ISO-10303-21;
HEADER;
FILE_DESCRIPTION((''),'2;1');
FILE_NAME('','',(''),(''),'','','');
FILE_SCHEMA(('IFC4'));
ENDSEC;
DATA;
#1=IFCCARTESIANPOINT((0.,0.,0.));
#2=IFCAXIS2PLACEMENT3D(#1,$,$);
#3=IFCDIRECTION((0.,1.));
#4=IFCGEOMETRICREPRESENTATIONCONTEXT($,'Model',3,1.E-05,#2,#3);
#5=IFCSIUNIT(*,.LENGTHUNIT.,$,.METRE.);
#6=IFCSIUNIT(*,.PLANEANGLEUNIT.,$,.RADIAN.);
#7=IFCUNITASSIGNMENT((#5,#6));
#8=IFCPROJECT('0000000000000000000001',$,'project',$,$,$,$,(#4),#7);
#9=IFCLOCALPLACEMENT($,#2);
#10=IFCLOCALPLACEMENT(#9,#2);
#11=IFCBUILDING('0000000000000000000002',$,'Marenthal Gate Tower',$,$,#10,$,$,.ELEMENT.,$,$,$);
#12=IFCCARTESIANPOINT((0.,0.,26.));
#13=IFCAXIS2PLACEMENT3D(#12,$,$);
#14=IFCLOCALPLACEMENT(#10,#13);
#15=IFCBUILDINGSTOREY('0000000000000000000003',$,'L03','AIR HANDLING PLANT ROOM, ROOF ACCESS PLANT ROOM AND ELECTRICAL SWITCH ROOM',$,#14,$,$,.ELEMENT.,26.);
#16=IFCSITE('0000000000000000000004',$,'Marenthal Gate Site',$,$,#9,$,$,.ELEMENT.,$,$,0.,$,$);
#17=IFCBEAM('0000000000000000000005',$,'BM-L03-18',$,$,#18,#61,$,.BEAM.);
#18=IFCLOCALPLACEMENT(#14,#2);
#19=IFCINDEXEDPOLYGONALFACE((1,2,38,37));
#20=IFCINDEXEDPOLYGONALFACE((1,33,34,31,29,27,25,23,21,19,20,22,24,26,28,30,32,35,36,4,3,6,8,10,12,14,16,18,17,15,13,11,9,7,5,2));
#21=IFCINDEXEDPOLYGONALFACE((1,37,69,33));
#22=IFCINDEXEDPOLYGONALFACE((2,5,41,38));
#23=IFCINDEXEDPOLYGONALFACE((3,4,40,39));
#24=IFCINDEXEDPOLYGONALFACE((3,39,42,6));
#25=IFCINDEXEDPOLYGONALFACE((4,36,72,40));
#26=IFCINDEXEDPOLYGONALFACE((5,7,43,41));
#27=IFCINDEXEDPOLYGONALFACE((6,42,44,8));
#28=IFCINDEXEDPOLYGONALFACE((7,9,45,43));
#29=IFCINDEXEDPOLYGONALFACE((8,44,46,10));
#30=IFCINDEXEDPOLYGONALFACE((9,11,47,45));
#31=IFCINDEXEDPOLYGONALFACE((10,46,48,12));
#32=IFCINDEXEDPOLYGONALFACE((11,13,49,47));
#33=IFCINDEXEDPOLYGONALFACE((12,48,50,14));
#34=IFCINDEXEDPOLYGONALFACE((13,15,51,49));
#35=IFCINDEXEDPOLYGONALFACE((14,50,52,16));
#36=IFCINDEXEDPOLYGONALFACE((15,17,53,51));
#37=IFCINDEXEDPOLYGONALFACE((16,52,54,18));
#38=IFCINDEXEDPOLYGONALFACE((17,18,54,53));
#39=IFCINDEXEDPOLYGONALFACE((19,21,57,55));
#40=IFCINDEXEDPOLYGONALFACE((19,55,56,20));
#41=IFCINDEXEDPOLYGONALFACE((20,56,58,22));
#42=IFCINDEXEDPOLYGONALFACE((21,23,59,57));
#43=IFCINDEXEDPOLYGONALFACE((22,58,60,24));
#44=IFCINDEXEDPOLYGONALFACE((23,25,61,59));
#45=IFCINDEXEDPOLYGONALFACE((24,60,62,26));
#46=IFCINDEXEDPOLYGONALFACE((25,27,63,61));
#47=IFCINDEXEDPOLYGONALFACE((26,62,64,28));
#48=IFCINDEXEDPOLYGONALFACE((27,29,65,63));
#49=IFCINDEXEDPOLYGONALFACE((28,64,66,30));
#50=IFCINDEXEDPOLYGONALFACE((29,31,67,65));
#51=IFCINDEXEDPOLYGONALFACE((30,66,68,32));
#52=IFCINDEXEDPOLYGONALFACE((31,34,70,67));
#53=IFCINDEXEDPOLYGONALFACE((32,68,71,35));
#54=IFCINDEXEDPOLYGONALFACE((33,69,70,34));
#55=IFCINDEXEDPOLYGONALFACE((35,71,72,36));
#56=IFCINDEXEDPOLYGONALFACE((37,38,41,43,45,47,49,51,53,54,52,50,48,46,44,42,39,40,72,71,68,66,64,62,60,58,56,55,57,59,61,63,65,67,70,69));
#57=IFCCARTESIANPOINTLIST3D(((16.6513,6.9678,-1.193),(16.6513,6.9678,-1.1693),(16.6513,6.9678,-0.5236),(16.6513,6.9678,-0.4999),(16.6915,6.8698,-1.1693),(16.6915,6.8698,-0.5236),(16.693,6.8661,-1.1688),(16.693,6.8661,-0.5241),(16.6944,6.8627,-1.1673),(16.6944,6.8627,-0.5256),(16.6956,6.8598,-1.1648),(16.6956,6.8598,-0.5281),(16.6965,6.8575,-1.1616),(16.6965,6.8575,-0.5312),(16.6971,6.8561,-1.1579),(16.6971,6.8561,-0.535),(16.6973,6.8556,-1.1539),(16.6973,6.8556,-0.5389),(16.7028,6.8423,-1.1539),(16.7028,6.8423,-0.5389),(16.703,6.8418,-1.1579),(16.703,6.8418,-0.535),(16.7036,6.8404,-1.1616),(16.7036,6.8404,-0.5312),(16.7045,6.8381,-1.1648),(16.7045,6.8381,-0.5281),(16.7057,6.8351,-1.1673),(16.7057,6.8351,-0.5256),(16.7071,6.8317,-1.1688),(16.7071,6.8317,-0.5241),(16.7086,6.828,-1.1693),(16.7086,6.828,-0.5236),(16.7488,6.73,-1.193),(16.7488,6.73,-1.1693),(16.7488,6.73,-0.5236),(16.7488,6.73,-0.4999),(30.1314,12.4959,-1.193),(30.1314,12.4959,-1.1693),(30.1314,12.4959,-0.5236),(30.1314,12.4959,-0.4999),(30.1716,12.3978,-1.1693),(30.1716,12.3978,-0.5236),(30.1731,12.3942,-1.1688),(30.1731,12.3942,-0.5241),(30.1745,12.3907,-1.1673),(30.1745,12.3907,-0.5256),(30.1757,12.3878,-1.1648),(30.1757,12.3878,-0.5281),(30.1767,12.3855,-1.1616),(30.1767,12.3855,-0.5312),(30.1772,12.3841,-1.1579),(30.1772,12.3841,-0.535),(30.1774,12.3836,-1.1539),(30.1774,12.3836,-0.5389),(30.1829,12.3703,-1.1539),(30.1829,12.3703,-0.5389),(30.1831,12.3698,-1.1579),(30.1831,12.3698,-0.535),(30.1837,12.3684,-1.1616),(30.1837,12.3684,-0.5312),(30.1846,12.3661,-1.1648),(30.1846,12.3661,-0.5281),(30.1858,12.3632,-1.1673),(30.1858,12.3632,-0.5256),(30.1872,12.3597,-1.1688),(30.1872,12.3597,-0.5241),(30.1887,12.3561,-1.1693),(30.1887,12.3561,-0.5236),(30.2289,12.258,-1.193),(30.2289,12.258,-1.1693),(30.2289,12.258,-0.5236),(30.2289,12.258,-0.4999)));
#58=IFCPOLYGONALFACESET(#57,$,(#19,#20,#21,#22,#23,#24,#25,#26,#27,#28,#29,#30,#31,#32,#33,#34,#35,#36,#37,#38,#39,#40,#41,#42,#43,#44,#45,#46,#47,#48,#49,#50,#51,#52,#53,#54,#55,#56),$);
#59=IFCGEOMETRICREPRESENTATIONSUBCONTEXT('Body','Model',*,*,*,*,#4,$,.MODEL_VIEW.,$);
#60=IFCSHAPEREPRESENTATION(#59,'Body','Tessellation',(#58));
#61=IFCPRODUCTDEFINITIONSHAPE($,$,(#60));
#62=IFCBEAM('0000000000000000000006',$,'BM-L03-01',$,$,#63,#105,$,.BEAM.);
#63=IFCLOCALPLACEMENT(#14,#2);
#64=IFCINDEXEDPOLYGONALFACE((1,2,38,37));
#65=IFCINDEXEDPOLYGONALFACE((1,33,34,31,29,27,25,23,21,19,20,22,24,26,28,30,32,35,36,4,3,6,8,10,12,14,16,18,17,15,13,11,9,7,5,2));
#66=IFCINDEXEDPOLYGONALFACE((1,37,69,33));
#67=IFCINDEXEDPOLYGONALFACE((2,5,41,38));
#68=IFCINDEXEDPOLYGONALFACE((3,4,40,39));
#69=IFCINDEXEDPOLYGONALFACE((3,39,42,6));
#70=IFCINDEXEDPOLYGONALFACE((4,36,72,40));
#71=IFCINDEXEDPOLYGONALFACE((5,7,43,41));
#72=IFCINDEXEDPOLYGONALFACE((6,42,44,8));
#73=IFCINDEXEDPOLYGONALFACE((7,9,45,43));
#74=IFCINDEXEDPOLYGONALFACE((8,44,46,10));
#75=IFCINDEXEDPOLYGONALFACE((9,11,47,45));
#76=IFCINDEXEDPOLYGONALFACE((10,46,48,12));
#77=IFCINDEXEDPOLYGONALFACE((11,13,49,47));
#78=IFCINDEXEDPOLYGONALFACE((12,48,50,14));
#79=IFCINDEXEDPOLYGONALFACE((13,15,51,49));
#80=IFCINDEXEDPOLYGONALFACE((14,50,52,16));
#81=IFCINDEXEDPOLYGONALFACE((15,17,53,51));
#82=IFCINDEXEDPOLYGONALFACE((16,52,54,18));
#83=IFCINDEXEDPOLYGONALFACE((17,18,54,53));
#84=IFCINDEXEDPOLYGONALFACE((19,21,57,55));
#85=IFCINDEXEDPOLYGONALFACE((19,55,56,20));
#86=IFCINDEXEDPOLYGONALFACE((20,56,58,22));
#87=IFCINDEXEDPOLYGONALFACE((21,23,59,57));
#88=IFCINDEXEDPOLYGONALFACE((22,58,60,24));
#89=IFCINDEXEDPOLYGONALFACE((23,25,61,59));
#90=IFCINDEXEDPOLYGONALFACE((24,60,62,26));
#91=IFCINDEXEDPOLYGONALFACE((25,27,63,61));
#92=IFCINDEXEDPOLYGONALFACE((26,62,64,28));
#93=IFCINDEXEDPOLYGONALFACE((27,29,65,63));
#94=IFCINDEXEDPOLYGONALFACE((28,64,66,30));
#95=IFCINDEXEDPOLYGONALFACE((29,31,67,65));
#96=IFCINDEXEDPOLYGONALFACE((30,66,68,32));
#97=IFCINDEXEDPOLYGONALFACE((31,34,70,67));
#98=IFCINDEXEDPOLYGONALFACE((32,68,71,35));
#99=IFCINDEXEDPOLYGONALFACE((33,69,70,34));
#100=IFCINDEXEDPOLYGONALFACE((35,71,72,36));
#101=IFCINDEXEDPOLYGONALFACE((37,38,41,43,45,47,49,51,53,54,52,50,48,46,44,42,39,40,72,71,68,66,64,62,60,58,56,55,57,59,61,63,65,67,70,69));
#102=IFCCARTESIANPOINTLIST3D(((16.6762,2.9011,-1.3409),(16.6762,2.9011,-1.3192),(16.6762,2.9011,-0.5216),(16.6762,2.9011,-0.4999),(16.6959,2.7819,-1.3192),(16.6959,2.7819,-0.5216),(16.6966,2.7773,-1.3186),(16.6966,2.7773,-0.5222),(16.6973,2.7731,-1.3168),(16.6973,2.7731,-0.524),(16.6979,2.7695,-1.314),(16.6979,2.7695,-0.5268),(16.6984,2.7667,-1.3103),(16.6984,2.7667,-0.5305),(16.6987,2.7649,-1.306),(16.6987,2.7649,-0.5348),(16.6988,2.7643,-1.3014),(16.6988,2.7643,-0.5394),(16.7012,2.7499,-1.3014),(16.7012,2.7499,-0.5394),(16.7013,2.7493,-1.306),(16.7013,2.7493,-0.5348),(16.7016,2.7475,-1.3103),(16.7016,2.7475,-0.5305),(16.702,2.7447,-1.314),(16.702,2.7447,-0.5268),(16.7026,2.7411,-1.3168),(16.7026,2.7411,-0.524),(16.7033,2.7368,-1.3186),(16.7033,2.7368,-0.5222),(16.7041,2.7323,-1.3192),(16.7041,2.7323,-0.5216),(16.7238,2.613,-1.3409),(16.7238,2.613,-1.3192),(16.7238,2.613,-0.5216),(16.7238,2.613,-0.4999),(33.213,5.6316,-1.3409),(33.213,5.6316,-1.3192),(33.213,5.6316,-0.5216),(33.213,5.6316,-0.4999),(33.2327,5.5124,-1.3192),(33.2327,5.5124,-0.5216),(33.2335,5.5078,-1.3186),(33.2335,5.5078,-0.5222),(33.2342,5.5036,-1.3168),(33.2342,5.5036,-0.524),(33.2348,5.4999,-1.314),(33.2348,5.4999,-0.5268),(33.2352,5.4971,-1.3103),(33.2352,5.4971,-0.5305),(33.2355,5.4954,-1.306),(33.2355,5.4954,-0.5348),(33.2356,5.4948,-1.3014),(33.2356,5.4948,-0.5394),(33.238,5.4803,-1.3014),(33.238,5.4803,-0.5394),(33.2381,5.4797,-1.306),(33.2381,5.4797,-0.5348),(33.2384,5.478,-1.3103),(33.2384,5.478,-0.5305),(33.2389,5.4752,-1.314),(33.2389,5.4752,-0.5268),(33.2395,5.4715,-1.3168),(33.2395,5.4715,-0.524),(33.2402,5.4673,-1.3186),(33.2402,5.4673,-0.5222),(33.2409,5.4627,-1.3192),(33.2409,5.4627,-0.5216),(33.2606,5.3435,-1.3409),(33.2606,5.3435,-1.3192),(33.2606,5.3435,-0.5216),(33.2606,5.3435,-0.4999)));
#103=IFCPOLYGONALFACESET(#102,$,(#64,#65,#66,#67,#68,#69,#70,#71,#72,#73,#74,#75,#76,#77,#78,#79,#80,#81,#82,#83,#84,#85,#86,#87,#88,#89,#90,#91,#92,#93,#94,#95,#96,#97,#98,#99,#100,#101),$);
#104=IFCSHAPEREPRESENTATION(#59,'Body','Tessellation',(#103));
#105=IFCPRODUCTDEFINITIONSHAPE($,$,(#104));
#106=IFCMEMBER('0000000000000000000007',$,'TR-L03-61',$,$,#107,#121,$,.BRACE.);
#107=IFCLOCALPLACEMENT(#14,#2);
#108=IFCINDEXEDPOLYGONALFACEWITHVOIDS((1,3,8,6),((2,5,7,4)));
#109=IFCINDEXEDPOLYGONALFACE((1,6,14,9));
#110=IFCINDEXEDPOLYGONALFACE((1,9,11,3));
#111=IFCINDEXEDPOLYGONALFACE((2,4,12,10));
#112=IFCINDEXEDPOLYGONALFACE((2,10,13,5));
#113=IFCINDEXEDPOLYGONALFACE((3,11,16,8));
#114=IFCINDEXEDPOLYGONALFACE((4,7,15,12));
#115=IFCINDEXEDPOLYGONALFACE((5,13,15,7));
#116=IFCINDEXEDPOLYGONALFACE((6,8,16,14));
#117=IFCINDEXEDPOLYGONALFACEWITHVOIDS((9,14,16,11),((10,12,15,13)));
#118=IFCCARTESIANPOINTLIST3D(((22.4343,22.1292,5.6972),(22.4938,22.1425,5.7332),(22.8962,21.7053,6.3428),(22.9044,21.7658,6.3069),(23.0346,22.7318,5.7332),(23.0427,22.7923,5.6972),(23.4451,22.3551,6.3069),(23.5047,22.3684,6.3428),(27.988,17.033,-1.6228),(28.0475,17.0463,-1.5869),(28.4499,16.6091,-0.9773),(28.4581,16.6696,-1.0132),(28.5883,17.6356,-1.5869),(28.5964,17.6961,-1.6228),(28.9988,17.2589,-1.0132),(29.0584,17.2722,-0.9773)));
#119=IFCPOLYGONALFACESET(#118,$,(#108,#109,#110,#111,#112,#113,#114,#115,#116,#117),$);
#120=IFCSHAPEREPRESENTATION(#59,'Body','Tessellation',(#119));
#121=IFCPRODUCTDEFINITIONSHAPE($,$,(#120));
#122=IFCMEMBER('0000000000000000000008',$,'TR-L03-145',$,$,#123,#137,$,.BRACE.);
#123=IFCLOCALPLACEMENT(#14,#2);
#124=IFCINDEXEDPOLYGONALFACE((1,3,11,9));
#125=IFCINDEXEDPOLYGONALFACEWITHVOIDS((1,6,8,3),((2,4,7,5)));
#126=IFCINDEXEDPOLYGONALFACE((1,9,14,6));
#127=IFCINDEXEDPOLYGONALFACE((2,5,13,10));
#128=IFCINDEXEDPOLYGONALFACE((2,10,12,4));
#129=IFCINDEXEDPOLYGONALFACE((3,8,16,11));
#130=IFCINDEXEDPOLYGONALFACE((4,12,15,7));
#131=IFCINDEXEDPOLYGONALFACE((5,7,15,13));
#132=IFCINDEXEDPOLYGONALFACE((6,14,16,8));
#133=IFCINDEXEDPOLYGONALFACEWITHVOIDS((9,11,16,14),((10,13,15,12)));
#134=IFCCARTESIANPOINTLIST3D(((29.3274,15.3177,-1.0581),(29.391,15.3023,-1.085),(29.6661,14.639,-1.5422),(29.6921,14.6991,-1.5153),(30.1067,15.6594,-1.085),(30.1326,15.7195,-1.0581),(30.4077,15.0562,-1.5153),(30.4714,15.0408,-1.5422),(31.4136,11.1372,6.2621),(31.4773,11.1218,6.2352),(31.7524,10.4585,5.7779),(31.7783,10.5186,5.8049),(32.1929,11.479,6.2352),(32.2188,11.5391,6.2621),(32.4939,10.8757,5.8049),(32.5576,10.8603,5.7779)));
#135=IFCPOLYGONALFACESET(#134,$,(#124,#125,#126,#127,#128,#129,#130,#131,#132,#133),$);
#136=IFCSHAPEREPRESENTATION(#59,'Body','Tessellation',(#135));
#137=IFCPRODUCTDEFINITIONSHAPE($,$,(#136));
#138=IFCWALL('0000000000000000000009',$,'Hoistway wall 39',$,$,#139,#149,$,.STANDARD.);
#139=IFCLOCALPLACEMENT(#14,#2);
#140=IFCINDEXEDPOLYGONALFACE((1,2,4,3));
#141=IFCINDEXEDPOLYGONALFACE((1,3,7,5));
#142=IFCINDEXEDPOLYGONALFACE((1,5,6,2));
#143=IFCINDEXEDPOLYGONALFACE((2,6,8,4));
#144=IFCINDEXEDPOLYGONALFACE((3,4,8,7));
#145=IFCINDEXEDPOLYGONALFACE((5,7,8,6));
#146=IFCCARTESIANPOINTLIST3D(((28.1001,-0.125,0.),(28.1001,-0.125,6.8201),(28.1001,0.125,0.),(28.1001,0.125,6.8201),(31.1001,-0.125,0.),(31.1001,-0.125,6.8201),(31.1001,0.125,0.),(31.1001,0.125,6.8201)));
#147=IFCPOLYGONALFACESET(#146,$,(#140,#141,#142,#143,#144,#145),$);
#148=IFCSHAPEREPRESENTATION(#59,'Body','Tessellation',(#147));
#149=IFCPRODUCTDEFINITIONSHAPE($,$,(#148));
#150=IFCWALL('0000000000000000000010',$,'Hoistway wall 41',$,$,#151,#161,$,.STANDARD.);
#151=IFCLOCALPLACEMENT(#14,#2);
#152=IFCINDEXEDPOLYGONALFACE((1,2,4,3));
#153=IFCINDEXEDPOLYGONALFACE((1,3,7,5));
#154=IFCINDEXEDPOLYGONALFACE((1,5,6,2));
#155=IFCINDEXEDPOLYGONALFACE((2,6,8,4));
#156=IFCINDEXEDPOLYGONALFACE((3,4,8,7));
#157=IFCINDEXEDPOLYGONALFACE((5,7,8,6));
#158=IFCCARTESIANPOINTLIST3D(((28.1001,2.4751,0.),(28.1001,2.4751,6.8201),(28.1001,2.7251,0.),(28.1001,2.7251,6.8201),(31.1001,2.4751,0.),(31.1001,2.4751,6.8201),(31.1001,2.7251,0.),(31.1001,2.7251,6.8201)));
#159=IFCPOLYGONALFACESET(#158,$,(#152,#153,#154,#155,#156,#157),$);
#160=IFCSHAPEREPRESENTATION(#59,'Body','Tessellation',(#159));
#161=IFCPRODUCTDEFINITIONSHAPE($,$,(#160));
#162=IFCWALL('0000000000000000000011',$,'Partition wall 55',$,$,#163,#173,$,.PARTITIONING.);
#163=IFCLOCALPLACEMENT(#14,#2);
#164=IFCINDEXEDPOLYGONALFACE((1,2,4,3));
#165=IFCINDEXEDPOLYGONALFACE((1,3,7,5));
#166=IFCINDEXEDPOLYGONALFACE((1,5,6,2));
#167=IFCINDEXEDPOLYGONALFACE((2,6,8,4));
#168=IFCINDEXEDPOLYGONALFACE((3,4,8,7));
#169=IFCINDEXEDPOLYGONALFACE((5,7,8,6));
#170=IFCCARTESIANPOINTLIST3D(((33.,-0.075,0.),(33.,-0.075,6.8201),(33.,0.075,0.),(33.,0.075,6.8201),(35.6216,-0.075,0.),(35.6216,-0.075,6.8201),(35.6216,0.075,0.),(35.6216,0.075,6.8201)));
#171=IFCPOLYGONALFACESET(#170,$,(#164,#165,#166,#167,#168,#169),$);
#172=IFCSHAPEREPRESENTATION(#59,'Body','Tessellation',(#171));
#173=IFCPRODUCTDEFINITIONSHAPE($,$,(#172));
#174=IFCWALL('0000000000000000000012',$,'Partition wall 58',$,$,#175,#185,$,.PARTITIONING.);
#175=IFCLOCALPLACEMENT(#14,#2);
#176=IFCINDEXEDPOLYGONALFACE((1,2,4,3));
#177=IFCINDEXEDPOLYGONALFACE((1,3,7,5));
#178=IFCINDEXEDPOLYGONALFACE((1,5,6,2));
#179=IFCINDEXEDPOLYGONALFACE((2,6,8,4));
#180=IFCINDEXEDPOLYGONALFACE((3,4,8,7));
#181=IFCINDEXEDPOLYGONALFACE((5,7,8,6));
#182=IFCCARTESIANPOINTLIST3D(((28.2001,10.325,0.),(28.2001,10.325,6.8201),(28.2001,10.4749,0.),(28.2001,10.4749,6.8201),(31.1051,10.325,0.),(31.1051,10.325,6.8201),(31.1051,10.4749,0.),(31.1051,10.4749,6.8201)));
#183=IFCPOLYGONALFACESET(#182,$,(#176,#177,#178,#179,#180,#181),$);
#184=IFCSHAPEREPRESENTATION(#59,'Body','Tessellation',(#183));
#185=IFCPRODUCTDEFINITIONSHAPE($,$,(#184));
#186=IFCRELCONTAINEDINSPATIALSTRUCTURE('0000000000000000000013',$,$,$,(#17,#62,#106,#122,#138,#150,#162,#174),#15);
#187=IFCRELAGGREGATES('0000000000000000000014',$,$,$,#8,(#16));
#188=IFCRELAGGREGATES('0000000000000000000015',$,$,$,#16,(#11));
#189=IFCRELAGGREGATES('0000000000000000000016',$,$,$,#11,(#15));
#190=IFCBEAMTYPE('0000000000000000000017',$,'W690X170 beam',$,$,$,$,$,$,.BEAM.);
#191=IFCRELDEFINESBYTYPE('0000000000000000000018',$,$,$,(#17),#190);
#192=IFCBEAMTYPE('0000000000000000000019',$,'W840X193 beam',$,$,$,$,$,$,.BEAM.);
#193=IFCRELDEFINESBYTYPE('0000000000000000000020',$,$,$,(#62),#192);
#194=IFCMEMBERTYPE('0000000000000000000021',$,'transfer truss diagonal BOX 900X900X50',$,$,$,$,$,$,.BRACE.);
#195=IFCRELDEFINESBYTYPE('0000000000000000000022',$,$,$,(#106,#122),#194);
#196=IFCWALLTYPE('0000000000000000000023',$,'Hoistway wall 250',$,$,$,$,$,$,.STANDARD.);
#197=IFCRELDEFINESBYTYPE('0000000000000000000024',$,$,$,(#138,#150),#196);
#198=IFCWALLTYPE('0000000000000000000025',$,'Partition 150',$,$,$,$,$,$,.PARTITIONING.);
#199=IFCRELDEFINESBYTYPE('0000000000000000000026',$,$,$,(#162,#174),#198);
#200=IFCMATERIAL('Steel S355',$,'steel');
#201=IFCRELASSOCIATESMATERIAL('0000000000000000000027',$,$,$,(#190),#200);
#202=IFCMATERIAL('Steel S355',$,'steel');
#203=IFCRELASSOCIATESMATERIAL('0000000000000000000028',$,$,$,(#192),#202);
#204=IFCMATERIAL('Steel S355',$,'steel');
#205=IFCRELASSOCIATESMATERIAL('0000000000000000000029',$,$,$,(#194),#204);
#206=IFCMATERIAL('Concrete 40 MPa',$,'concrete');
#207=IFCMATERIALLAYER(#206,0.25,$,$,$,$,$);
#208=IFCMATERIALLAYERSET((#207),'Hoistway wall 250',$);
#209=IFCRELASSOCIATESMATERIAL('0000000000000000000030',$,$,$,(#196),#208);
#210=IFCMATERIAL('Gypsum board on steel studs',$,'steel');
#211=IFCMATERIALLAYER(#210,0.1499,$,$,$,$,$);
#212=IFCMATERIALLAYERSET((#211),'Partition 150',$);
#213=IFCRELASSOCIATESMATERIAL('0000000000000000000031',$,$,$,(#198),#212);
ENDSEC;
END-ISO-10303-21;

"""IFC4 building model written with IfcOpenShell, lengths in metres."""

from ifc_helpers import new_model, si_unit, direction, frame, frame_2d, origin, origin_2d, place, context, subcontext, project, spatial, rectangle, hollow_rectangle, i_section, extrude, material, layer, layer_set, material_profile, profile_set, type_object, element, save


model = new_model("IFC4")

# Units and contexts
model_context = context("Model", 3, precision=1e-05, world=origin(), true_north=direction((0.0, 1.0)))
body_context = subcontext(model_context, "Body", "Model", "MODEL_VIEW")
ifc_project = project(units=[si_unit("LENGTHUNIT", "METRE"), si_unit("PLANEANGLEUNIT", "RADIAN")], contexts=[model_context])

# Site, building, storey
site_placement = place(None, origin())
site = spatial("IfcSite", under=ifc_project, at=site_placement, Name="Marenthal Gate Site", CompositionType="ELEMENT", RefElevation=0.0)
building_placement = place(site_placement, origin())
building = spatial("IfcBuilding", under=site, at=building_placement, Name="Marenthal Gate Tower", CompositionType="ELEMENT")
storey_placement = place(building_placement, frame((0.0, 0.0, 26.0)))
storey = spatial("IfcBuildingStorey", under=building, at=storey_placement, Name="L03", Description="AIR HANDLING PLANT ROOM, ROOF ACCESS PLANT ROOM AND ELECTRICAL SWITCH ROOM", CompositionType="ELEMENT", Elevation=26.0)

# Beams
ifc_material_1 = material(Name="Steel S355", Category="steel")
ifc_material_profile_1 = material_profile(ifc_material_1, i_section(OverallWidth=0.2571, OverallDepth=0.6931, WebThickness=0.0144, FlangeThickness=0.0237, FilletRadius=0.0154, at=origin_2d()), Name="W690X170")
ifc_profile_set_1 = profile_set([ifc_material_profile_1], Name="Steel S355")
beam_type_1 = type_object("IfcBeamType", Name="W690X170 beam", PredefinedType="BEAM", material=ifc_profile_set_1)
beam_1_placement = place(storey_placement, frame((30.1802, 12.377, -0.8464), z_axis=(-0.925223, -0.379423, 0.0), x_axis=(0.379423, -0.925223, 0.0)))
element("IfcBeam", 1, at=beam_1_placement, inside=storey, type_object=beam_type_1, Name="BM-L03-18", PredefinedType="BEAM", context=body_context, shape_type="SweptSolid", body=[
    extrude(i_section(OverallWidth=0.2571, OverallDepth=0.6931, WebThickness=0.0144, FlangeThickness=0.0237, FilletRadius=0.0154, at=origin_2d()), origin(), (0.0, 0.0, 1.0), 14.5696),
])
ifc_material_2 = material(Name="Steel S355", Category="steel")
ifc_material_profile_2 = material_profile(ifc_material_2, i_section(OverallWidth=0.292, OverallDepth=0.8411, WebThickness=0.0146, FlangeThickness=0.0217, FilletRadius=0.0178, at=origin_2d()), Name="W840X193")
ifc_profile_set_2 = profile_set([ifc_material_profile_2], Name="Steel S355")
beam_type_2 = type_object("IfcBeamType", Name="W840X193 beam", PredefinedType="BEAM", material=ifc_profile_set_2)
beam_2_placement = place(storey_placement, frame((33.2368, 5.4875, -0.9204), z_axis=(-0.986641, -0.162908, 0.0), x_axis=(0.162908, -0.986641, 0.0)))
element("IfcBeam", 2, at=beam_2_placement, inside=storey, type_object=beam_type_2, Name="BM-L03-01", PredefinedType="BEAM", context=body_context, shape_type="SweptSolid", body=[
    extrude(i_section(OverallWidth=0.292, OverallDepth=0.8411, WebThickness=0.0146, FlangeThickness=0.0217, FilletRadius=0.0178, at=origin_2d()), origin(), (0.0, 0.0, 1.0), 16.7607),
])

# Members
ifc_material_3 = material(Name="Steel S355", Category="steel")
ifc_material_profile_3 = material_profile(ifc_material_3, hollow_rectangle(XDim=0.8999, YDim=0.8999, WallThickness=0.05, at=origin_2d()), Name="BOX 900X900X50")
ifc_profile_set_3 = profile_set([ifc_material_profile_3], Name="Steel S355")
member_type = type_object("IfcMemberType", Name="transfer truss diagonal BOX 900X900X50", PredefinedType="BRACE", material=ifc_profile_set_3)
member_1_placement = place(storey_placement, frame((28.5232, 17.1526, -1.3), z_axis=(-0.52857, 0.485026, 0.696681), x_axis=(-0.676106, -0.736804, 0.0)))
element("IfcMember", 3, at=member_1_placement, inside=storey, type_object=member_type, Name="TR-L03-61", PredefinedType="BRACE", context=body_context, shape_type="SweptSolid", body=[
    extrude(hollow_rectangle(XDim=0.8999, YDim=0.8999, WallThickness=0.05, at=origin_2d()), origin(), (0.0, 0.0, 1.0), 10.5071),
])
member_2_placement = place(storey_placement, frame((31.9856, 10.9988, 6.02), z_axis=(-0.240233, 0.481395, -0.84294), x_axis=(-0.894772, -0.446524, 0.0)))
element("IfcMember", 4, at=member_2_placement, inside=storey, type_object=member_type, Name="TR-L03-145", PredefinedType="BRACE", context=body_context, shape_type="SweptSolid", body=[
    extrude(hollow_rectangle(XDim=0.8999, YDim=0.8999, WallThickness=0.05, at=origin_2d()), origin(), (0.0, 0.0, 1.0), 8.6841),
])

# Walls
ifc_material_4 = material(Name="Concrete 40 MPa", Category="concrete")
ifc_layer_1 = layer(ifc_material_4, 0.25)
ifc_layer_set_1 = layer_set([ifc_layer_1], Name="Hoistway wall 250")
wall_type_1 = type_object("IfcWallType", Name="Hoistway wall 250", PredefinedType="STANDARD", material=ifc_layer_set_1)
for number, where, z_axis, x_axis, name in (
    (5, (28.1001, 0.0, 0.0), (0.0, 0.0, 1.0), (1.0, 0.0, 0.0), "Hoistway wall 39"),
    (6, (28.1001, 2.6001, 0.0), (0.0, 0.0, 1.0), (1.0, 0.0, 0.0), "Hoistway wall 41"),
):
    element("IfcWall", number, at=place(storey_placement, frame(where, z_axis=z_axis, x_axis=x_axis)), inside=storey, type_object=wall_type_1, Name=name, PredefinedType="STANDARD", context=body_context, shape_type="SweptSolid", body=[
        extrude(rectangle(XDim=3.0, YDim=0.25, at=frame_2d((1.5, 0.0))), origin(), (0.0, 0.0, 1.0), 6.8201),
    ])
ifc_material_5 = material(Name="Gypsum board on steel studs", Category="steel")
ifc_layer_2 = layer(ifc_material_5, 0.1499)
ifc_layer_set_2 = layer_set([ifc_layer_2], Name="Partition 150")
wall_type_2 = type_object("IfcWallType", Name="Partition 150", PredefinedType="PARTITIONING", material=ifc_layer_set_2)
wall_1_placement = place(storey_placement, frame((33.0, 0.0, 0.0), z_axis=(0.0, 0.0, 1.0), x_axis=(1.0, 0.0, 0.0)))
element("IfcWall", 7, at=wall_1_placement, inside=storey, type_object=wall_type_2, Name="Partition wall 55", PredefinedType="PARTITIONING", context=body_context, shape_type="SweptSolid", body=[
    extrude(rectangle(XDim=2.6216, YDim=0.1499, at=frame_2d((1.3108, 0.0))), origin(), (0.0, 0.0, 1.0), 6.8201),
])
wall_2_placement = place(storey_placement, frame((28.2, 10.3999, 0.0), z_axis=(0.0, 0.0, 1.0), x_axis=(1.0, 0.0, 0.0)))
element("IfcWall", 8, at=wall_2_placement, inside=storey, type_object=wall_type_2, Name="Partition wall 58", PredefinedType="PARTITIONING", context=body_context, shape_type="SweptSolid", body=[
    extrude(rectangle(XDim=2.905, YDim=0.1499, at=frame_2d((1.4526, 0.0))), origin(), (0.0, 0.0, 1.0), 6.8201),
])

save(model, "model.ifc")
